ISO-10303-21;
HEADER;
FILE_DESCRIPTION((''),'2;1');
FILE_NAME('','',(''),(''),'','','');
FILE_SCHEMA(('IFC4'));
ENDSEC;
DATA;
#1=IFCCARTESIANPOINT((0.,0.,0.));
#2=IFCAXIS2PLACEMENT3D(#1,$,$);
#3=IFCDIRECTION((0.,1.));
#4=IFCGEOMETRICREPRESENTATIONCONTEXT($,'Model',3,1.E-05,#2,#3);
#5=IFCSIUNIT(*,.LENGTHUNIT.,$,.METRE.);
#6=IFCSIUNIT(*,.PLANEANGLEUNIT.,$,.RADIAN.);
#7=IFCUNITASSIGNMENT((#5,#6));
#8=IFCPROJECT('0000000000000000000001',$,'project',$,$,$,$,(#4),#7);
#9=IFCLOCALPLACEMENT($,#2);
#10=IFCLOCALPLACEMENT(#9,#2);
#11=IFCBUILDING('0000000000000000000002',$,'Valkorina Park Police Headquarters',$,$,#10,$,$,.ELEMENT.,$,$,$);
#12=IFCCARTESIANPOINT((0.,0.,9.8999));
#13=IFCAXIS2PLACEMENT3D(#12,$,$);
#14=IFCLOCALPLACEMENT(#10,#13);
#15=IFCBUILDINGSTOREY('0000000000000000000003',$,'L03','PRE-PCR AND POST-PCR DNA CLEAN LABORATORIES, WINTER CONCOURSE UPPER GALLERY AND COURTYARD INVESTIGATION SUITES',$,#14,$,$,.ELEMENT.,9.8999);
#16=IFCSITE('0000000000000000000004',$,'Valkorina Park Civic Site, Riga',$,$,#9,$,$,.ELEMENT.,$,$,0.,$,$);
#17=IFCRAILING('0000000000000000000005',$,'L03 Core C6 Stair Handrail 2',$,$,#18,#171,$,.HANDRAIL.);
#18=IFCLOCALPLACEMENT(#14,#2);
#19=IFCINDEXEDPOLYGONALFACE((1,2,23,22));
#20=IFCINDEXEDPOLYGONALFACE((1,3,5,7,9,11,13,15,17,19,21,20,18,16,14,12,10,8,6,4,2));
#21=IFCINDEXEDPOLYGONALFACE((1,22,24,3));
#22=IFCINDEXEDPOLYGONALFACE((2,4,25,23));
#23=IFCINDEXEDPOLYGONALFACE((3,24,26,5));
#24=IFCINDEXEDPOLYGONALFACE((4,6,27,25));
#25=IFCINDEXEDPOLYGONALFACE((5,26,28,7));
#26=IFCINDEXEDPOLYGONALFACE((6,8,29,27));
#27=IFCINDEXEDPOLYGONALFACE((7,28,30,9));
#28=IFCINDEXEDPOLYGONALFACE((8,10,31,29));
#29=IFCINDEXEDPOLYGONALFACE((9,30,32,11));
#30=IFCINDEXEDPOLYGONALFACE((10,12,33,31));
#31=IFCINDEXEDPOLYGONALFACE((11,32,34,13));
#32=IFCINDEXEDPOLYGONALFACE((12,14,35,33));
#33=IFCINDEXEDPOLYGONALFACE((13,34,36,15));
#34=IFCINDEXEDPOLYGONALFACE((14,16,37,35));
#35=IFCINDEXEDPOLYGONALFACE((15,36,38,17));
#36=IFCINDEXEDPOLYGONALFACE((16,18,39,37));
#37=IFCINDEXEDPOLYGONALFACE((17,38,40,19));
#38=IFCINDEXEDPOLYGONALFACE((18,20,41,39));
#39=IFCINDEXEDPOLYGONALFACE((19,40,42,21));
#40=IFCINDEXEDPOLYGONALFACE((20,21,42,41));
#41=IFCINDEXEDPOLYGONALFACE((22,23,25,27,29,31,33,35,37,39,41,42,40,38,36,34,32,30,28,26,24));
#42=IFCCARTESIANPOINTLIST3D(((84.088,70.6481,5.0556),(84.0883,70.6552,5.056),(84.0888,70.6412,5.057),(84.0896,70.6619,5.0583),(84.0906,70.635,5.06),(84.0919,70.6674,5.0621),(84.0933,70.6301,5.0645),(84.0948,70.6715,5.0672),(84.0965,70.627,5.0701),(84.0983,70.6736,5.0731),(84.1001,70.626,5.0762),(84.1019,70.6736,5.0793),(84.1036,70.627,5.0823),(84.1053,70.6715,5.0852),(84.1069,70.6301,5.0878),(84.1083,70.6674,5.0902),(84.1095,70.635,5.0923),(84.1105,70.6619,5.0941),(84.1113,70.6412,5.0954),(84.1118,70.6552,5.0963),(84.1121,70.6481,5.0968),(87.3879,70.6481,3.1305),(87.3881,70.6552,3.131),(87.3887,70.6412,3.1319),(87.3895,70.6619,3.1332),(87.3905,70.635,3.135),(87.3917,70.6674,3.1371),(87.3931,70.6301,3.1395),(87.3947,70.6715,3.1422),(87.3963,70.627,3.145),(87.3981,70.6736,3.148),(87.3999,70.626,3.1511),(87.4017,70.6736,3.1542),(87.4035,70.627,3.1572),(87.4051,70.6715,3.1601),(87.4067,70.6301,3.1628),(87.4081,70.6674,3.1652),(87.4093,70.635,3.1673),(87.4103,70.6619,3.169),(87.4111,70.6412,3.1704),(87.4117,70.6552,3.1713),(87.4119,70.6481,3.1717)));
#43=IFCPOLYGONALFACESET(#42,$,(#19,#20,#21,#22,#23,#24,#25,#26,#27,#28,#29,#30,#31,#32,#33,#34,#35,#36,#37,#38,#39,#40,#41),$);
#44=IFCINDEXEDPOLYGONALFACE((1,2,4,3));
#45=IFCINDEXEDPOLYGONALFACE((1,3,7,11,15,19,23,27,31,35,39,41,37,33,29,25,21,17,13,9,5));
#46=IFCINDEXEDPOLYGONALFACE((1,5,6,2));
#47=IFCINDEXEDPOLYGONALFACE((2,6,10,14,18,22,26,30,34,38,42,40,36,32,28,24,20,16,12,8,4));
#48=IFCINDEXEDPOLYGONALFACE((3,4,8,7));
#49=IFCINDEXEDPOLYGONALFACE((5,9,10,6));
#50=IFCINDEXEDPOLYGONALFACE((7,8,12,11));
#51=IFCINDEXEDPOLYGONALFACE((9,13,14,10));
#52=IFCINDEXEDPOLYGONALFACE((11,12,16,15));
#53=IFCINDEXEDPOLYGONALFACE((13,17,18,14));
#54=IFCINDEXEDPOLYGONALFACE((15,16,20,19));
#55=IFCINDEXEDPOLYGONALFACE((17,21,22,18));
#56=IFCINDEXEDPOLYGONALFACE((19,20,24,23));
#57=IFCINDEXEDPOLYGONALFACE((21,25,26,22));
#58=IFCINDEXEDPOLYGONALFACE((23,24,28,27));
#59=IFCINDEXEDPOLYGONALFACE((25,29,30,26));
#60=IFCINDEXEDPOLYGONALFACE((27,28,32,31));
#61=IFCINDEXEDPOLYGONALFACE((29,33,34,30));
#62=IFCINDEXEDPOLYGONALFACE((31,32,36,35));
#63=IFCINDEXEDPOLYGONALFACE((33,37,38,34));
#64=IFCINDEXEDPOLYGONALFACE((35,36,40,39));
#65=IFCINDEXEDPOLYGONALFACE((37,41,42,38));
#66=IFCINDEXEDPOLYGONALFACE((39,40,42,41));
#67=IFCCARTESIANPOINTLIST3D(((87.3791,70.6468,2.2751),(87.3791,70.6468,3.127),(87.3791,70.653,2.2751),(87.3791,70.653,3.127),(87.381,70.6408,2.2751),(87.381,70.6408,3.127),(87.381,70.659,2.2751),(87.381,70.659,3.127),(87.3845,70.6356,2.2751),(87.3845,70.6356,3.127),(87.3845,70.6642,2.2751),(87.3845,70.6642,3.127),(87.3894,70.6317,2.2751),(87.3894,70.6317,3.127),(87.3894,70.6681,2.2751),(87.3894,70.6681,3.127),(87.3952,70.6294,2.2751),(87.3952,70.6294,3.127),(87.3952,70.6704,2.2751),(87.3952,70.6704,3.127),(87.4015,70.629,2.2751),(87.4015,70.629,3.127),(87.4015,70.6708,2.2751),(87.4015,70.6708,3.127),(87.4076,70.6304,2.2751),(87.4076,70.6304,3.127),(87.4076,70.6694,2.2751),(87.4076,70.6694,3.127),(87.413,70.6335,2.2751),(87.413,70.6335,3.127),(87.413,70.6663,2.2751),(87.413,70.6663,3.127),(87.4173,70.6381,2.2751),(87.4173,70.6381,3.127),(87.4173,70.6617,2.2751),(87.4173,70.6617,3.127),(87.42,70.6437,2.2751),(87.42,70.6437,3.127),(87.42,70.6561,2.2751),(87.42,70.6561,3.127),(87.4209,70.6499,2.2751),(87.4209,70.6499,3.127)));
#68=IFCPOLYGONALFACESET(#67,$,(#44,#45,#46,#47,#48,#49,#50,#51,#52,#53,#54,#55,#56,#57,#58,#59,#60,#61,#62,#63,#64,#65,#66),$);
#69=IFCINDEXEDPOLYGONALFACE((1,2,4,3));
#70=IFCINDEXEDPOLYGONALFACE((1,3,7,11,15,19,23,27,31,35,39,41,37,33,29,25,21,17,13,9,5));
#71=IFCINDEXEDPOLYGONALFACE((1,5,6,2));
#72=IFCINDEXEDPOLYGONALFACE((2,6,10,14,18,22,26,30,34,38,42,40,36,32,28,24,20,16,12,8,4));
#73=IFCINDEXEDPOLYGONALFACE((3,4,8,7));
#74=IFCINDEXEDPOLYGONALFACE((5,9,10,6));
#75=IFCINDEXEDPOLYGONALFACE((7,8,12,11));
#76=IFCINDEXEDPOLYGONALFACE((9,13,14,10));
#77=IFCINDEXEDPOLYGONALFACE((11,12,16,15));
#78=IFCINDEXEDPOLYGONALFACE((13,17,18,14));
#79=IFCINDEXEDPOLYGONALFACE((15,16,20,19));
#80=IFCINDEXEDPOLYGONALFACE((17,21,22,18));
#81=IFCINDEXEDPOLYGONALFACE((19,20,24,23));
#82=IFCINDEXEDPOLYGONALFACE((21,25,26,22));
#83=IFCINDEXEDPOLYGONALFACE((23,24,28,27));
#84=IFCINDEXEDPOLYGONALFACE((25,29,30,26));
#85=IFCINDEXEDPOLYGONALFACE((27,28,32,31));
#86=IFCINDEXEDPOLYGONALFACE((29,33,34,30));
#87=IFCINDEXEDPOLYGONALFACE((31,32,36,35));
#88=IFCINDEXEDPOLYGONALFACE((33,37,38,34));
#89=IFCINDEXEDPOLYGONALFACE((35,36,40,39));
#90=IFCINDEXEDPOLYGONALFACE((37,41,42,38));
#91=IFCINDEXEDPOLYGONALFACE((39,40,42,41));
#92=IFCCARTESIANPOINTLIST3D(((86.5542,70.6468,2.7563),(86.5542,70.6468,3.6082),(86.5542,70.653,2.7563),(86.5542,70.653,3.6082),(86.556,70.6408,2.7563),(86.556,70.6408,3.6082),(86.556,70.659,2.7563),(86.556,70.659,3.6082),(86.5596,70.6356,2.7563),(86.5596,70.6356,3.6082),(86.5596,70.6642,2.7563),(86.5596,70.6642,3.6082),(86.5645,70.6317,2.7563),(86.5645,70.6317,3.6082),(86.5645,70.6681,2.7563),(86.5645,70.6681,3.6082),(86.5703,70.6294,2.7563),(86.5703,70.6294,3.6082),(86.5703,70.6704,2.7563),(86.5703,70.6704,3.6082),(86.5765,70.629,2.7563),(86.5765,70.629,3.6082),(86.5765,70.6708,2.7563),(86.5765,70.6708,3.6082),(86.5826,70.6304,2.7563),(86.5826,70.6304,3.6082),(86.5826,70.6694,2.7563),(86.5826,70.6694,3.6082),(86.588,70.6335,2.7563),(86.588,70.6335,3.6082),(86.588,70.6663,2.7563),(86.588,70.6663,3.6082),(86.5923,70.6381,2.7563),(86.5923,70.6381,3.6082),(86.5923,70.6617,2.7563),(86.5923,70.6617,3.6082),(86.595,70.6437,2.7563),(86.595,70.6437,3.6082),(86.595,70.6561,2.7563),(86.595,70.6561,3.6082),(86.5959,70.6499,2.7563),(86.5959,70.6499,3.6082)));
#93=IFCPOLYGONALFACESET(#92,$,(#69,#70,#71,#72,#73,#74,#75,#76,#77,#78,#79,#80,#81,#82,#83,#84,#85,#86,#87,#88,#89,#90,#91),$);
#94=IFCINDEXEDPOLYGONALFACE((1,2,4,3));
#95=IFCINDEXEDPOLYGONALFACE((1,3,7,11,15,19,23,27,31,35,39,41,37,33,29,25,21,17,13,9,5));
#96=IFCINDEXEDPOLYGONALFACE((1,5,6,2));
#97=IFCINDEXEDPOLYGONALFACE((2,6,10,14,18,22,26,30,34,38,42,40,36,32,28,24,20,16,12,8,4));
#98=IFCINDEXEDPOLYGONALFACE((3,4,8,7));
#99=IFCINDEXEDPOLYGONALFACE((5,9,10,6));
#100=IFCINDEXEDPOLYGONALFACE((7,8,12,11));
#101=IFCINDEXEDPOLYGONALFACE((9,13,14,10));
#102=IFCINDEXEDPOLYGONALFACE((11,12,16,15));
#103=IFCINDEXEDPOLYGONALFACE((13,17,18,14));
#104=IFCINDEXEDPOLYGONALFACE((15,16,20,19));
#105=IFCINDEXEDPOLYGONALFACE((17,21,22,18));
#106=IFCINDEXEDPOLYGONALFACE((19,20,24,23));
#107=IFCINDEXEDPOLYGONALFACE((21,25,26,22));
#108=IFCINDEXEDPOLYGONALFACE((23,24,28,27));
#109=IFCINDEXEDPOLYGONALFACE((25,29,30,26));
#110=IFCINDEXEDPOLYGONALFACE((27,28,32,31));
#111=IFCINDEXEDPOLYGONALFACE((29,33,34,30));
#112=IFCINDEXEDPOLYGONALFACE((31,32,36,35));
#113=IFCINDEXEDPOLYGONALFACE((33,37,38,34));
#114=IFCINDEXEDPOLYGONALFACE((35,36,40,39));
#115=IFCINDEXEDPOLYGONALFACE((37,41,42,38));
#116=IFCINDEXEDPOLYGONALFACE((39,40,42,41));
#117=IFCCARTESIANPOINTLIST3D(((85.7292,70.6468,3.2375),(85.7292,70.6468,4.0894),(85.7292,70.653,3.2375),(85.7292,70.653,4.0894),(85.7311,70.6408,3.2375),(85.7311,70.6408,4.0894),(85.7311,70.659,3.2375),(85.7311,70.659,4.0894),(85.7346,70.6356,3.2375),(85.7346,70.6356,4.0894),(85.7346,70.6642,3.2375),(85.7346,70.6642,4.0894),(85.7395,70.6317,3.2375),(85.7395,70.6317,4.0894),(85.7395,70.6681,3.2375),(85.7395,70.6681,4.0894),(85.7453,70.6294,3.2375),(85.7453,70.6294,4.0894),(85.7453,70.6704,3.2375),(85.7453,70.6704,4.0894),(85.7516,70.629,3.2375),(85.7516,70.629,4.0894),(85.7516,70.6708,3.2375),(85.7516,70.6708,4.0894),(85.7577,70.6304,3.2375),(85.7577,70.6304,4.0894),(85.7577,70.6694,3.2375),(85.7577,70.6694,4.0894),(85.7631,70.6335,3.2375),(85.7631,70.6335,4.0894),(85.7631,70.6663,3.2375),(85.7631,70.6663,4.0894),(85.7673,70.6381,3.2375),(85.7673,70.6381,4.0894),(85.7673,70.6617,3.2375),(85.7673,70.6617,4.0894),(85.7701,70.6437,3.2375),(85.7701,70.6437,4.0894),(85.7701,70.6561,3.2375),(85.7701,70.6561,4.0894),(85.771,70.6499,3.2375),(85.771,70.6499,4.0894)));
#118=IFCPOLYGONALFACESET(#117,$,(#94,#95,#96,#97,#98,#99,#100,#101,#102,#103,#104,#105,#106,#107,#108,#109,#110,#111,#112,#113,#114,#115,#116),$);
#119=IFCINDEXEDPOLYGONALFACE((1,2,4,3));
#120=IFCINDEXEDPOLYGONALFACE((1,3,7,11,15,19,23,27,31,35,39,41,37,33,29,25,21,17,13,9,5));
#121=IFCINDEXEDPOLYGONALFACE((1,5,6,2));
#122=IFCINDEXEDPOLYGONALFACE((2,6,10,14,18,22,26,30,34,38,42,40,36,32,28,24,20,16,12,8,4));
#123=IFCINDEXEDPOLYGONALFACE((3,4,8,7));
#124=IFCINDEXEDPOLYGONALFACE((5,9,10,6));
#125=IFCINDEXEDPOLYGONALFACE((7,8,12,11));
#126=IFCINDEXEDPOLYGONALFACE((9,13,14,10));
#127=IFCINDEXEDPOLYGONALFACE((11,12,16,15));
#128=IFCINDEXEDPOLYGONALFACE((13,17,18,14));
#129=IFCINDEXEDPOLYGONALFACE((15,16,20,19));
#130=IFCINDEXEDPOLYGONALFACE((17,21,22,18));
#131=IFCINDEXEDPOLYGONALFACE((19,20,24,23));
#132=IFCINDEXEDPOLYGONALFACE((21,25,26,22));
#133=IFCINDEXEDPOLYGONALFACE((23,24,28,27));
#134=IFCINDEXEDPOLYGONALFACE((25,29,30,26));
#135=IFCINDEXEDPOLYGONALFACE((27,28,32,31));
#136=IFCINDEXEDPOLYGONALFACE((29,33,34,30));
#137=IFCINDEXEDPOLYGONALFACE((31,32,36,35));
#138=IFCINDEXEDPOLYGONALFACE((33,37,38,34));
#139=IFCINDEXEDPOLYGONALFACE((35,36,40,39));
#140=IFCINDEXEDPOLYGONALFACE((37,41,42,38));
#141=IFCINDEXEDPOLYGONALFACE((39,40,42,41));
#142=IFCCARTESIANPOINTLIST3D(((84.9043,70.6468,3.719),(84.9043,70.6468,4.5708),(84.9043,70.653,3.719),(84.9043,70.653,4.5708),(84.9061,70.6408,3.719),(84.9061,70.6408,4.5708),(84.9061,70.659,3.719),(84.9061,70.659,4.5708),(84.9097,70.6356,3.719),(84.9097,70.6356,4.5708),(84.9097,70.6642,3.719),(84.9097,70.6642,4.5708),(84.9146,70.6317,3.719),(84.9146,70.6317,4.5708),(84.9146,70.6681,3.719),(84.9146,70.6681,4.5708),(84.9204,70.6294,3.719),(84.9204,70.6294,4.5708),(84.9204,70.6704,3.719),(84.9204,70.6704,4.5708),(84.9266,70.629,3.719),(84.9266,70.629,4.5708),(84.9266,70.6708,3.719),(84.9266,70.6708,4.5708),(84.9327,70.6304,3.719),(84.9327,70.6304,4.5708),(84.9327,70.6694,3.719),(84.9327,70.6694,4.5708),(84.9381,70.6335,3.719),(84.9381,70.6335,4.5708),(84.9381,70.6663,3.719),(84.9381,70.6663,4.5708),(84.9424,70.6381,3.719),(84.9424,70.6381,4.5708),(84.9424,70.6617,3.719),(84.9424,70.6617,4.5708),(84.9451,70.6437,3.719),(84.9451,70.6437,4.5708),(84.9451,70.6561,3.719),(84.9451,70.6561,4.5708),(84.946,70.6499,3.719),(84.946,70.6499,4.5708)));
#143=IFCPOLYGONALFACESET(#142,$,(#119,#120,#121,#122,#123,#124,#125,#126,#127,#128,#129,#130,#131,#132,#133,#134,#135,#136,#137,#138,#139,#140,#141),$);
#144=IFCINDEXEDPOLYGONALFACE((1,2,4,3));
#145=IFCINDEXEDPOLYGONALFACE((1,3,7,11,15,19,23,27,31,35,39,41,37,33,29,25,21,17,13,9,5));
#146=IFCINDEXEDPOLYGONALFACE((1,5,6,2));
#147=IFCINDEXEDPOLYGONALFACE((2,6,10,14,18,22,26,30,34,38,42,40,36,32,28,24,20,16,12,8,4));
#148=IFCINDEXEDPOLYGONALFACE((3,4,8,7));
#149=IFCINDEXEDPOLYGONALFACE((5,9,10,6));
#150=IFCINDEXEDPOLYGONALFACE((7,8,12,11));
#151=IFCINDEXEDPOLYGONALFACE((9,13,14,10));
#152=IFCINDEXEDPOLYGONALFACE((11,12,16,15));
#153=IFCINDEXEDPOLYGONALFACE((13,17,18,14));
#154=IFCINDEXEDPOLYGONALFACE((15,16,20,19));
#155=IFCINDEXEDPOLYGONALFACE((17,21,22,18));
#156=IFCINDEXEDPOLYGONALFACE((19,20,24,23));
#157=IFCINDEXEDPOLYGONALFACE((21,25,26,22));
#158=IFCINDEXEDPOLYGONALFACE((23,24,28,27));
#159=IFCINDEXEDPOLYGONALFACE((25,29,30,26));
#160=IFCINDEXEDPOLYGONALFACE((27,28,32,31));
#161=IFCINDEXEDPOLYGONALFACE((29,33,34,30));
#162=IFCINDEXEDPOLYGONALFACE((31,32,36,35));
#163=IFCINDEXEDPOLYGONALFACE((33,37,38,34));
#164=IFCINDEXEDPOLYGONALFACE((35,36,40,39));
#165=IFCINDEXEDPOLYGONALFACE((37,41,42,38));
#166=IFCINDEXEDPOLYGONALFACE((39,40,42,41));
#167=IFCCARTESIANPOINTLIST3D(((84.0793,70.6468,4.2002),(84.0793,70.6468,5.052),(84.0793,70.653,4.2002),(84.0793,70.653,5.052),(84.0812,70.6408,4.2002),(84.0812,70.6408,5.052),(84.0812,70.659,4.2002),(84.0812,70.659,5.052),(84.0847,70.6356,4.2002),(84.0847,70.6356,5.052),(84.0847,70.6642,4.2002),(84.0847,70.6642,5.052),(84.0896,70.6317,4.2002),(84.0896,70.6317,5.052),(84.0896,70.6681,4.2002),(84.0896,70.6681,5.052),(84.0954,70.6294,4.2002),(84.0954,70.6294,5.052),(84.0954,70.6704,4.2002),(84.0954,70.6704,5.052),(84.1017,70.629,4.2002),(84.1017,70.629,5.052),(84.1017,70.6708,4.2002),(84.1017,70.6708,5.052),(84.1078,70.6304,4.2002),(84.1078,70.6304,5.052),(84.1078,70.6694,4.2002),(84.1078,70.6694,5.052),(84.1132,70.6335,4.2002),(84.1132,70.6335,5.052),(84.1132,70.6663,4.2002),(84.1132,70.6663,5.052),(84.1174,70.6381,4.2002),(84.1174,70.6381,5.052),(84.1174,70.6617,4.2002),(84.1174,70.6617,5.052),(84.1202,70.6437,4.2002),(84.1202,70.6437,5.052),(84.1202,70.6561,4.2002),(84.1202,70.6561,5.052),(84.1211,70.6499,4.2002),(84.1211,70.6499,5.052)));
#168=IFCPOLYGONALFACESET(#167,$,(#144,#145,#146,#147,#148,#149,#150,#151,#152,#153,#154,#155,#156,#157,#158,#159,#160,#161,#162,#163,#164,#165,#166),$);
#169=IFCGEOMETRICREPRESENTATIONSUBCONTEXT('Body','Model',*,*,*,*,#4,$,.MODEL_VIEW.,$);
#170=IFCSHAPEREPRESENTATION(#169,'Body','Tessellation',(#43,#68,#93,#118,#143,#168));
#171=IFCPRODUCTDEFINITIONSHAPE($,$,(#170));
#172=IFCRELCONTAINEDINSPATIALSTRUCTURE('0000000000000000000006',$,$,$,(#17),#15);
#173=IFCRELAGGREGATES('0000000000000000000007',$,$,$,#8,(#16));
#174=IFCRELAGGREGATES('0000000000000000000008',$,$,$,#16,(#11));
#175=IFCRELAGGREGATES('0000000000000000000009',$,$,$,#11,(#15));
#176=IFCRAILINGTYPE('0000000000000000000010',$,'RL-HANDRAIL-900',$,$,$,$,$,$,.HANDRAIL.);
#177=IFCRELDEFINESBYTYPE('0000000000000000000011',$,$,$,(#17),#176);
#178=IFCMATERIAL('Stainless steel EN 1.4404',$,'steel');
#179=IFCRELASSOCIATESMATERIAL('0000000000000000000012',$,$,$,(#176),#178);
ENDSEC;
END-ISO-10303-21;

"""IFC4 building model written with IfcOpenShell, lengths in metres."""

from ifc_helpers import new_model, si_unit, direction, frame, origin, origin_2d, place, context, subcontext, project, spatial, circle, extrude, material, type_object, element, save


model = new_model("IFC4")

# Units and contexts
model_context = context("Model", 3, precision=1e-05, world=origin(), true_north=direction((0.0, 1.0)))
body_context = subcontext(model_context, "Body", "Model", "MODEL_VIEW")
ifc_project = project(units=[si_unit("LENGTHUNIT", "METRE"), si_unit("PLANEANGLEUNIT", "RADIAN")], contexts=[model_context])

# Site, building, storey
site_placement = place(None, origin())
site = spatial("IfcSite", under=ifc_project, at=site_placement, Name="Valkorina Park Civic Site, Riga", CompositionType="ELEMENT", RefElevation=0.0)
building_placement = place(site_placement, origin())
building = spatial("IfcBuilding", under=site, at=building_placement, Name="Valkorina Park Police Headquarters", CompositionType="ELEMENT")
storey_placement = place(building_placement, frame((0.0, 0.0, 9.8999)))
storey = spatial("IfcBuildingStorey", under=building, at=storey_placement, Name="L03", Description="PRE-PCR AND POST-PCR DNA CLEAN LABORATORIES, WINTER CONCOURSE UPPER GALLERY AND COURTYARD INVESTIGATION SUITES", CompositionType="ELEMENT", Elevation=9.8999)

# Railing
ifc_material_1 = material(Name="Stainless steel EN 1.4404", Category="steel")
railing_type_1 = type_object("IfcRailingType", Name="RL-HANDRAIL-900", PredefinedType="HANDRAIL", material=ifc_material_1)
railing_1_placement = place(storey_placement, frame((87.3999, 70.6499, 2.2751)))
element("IfcRailing", 1, at=railing_1_placement, inside=storey, type_object=railing_type_1, Name="L03 Core C6 Stair Handrail 2", PredefinedType="HANDRAIL", context=body_context, shape_type="SweptSolid", body=[
    extrude(circle(Radius=0.0239, at=origin_2d()), frame((0.0, 0.0, 0.876), z_axis=(-0.86376, 0.0, 0.503903), x_axis=(0.0, -1.0, 0.0)), (0.0, 0.0, 1.0), 3.8203),
    extrude(circle(Radius=0.021, at=origin_2d()), origin(), (0.0, 0.0, 1.0), 0.8518),
    extrude(circle(Radius=0.021, at=origin_2d()), frame((-0.825, 0.0, 0.4812)), (0.0, 0.0, 1.0), 0.8518),
    extrude(circle(Radius=0.021, at=origin_2d()), frame((-1.6499, 0.0, 0.9624)), (0.0, 0.0, 1.0), 0.8518),
    extrude(circle(Radius=0.021, at=origin_2d()), frame((-2.4749, 0.0, 1.4438)), (0.0, 0.0, 1.0), 0.8518),
    extrude(circle(Radius=0.021, at=origin_2d()), frame((-3.2998, 0.0, 1.925)), (0.0, 0.0, 1.0), 0.8518),
])

save(model, "model.ifc")
